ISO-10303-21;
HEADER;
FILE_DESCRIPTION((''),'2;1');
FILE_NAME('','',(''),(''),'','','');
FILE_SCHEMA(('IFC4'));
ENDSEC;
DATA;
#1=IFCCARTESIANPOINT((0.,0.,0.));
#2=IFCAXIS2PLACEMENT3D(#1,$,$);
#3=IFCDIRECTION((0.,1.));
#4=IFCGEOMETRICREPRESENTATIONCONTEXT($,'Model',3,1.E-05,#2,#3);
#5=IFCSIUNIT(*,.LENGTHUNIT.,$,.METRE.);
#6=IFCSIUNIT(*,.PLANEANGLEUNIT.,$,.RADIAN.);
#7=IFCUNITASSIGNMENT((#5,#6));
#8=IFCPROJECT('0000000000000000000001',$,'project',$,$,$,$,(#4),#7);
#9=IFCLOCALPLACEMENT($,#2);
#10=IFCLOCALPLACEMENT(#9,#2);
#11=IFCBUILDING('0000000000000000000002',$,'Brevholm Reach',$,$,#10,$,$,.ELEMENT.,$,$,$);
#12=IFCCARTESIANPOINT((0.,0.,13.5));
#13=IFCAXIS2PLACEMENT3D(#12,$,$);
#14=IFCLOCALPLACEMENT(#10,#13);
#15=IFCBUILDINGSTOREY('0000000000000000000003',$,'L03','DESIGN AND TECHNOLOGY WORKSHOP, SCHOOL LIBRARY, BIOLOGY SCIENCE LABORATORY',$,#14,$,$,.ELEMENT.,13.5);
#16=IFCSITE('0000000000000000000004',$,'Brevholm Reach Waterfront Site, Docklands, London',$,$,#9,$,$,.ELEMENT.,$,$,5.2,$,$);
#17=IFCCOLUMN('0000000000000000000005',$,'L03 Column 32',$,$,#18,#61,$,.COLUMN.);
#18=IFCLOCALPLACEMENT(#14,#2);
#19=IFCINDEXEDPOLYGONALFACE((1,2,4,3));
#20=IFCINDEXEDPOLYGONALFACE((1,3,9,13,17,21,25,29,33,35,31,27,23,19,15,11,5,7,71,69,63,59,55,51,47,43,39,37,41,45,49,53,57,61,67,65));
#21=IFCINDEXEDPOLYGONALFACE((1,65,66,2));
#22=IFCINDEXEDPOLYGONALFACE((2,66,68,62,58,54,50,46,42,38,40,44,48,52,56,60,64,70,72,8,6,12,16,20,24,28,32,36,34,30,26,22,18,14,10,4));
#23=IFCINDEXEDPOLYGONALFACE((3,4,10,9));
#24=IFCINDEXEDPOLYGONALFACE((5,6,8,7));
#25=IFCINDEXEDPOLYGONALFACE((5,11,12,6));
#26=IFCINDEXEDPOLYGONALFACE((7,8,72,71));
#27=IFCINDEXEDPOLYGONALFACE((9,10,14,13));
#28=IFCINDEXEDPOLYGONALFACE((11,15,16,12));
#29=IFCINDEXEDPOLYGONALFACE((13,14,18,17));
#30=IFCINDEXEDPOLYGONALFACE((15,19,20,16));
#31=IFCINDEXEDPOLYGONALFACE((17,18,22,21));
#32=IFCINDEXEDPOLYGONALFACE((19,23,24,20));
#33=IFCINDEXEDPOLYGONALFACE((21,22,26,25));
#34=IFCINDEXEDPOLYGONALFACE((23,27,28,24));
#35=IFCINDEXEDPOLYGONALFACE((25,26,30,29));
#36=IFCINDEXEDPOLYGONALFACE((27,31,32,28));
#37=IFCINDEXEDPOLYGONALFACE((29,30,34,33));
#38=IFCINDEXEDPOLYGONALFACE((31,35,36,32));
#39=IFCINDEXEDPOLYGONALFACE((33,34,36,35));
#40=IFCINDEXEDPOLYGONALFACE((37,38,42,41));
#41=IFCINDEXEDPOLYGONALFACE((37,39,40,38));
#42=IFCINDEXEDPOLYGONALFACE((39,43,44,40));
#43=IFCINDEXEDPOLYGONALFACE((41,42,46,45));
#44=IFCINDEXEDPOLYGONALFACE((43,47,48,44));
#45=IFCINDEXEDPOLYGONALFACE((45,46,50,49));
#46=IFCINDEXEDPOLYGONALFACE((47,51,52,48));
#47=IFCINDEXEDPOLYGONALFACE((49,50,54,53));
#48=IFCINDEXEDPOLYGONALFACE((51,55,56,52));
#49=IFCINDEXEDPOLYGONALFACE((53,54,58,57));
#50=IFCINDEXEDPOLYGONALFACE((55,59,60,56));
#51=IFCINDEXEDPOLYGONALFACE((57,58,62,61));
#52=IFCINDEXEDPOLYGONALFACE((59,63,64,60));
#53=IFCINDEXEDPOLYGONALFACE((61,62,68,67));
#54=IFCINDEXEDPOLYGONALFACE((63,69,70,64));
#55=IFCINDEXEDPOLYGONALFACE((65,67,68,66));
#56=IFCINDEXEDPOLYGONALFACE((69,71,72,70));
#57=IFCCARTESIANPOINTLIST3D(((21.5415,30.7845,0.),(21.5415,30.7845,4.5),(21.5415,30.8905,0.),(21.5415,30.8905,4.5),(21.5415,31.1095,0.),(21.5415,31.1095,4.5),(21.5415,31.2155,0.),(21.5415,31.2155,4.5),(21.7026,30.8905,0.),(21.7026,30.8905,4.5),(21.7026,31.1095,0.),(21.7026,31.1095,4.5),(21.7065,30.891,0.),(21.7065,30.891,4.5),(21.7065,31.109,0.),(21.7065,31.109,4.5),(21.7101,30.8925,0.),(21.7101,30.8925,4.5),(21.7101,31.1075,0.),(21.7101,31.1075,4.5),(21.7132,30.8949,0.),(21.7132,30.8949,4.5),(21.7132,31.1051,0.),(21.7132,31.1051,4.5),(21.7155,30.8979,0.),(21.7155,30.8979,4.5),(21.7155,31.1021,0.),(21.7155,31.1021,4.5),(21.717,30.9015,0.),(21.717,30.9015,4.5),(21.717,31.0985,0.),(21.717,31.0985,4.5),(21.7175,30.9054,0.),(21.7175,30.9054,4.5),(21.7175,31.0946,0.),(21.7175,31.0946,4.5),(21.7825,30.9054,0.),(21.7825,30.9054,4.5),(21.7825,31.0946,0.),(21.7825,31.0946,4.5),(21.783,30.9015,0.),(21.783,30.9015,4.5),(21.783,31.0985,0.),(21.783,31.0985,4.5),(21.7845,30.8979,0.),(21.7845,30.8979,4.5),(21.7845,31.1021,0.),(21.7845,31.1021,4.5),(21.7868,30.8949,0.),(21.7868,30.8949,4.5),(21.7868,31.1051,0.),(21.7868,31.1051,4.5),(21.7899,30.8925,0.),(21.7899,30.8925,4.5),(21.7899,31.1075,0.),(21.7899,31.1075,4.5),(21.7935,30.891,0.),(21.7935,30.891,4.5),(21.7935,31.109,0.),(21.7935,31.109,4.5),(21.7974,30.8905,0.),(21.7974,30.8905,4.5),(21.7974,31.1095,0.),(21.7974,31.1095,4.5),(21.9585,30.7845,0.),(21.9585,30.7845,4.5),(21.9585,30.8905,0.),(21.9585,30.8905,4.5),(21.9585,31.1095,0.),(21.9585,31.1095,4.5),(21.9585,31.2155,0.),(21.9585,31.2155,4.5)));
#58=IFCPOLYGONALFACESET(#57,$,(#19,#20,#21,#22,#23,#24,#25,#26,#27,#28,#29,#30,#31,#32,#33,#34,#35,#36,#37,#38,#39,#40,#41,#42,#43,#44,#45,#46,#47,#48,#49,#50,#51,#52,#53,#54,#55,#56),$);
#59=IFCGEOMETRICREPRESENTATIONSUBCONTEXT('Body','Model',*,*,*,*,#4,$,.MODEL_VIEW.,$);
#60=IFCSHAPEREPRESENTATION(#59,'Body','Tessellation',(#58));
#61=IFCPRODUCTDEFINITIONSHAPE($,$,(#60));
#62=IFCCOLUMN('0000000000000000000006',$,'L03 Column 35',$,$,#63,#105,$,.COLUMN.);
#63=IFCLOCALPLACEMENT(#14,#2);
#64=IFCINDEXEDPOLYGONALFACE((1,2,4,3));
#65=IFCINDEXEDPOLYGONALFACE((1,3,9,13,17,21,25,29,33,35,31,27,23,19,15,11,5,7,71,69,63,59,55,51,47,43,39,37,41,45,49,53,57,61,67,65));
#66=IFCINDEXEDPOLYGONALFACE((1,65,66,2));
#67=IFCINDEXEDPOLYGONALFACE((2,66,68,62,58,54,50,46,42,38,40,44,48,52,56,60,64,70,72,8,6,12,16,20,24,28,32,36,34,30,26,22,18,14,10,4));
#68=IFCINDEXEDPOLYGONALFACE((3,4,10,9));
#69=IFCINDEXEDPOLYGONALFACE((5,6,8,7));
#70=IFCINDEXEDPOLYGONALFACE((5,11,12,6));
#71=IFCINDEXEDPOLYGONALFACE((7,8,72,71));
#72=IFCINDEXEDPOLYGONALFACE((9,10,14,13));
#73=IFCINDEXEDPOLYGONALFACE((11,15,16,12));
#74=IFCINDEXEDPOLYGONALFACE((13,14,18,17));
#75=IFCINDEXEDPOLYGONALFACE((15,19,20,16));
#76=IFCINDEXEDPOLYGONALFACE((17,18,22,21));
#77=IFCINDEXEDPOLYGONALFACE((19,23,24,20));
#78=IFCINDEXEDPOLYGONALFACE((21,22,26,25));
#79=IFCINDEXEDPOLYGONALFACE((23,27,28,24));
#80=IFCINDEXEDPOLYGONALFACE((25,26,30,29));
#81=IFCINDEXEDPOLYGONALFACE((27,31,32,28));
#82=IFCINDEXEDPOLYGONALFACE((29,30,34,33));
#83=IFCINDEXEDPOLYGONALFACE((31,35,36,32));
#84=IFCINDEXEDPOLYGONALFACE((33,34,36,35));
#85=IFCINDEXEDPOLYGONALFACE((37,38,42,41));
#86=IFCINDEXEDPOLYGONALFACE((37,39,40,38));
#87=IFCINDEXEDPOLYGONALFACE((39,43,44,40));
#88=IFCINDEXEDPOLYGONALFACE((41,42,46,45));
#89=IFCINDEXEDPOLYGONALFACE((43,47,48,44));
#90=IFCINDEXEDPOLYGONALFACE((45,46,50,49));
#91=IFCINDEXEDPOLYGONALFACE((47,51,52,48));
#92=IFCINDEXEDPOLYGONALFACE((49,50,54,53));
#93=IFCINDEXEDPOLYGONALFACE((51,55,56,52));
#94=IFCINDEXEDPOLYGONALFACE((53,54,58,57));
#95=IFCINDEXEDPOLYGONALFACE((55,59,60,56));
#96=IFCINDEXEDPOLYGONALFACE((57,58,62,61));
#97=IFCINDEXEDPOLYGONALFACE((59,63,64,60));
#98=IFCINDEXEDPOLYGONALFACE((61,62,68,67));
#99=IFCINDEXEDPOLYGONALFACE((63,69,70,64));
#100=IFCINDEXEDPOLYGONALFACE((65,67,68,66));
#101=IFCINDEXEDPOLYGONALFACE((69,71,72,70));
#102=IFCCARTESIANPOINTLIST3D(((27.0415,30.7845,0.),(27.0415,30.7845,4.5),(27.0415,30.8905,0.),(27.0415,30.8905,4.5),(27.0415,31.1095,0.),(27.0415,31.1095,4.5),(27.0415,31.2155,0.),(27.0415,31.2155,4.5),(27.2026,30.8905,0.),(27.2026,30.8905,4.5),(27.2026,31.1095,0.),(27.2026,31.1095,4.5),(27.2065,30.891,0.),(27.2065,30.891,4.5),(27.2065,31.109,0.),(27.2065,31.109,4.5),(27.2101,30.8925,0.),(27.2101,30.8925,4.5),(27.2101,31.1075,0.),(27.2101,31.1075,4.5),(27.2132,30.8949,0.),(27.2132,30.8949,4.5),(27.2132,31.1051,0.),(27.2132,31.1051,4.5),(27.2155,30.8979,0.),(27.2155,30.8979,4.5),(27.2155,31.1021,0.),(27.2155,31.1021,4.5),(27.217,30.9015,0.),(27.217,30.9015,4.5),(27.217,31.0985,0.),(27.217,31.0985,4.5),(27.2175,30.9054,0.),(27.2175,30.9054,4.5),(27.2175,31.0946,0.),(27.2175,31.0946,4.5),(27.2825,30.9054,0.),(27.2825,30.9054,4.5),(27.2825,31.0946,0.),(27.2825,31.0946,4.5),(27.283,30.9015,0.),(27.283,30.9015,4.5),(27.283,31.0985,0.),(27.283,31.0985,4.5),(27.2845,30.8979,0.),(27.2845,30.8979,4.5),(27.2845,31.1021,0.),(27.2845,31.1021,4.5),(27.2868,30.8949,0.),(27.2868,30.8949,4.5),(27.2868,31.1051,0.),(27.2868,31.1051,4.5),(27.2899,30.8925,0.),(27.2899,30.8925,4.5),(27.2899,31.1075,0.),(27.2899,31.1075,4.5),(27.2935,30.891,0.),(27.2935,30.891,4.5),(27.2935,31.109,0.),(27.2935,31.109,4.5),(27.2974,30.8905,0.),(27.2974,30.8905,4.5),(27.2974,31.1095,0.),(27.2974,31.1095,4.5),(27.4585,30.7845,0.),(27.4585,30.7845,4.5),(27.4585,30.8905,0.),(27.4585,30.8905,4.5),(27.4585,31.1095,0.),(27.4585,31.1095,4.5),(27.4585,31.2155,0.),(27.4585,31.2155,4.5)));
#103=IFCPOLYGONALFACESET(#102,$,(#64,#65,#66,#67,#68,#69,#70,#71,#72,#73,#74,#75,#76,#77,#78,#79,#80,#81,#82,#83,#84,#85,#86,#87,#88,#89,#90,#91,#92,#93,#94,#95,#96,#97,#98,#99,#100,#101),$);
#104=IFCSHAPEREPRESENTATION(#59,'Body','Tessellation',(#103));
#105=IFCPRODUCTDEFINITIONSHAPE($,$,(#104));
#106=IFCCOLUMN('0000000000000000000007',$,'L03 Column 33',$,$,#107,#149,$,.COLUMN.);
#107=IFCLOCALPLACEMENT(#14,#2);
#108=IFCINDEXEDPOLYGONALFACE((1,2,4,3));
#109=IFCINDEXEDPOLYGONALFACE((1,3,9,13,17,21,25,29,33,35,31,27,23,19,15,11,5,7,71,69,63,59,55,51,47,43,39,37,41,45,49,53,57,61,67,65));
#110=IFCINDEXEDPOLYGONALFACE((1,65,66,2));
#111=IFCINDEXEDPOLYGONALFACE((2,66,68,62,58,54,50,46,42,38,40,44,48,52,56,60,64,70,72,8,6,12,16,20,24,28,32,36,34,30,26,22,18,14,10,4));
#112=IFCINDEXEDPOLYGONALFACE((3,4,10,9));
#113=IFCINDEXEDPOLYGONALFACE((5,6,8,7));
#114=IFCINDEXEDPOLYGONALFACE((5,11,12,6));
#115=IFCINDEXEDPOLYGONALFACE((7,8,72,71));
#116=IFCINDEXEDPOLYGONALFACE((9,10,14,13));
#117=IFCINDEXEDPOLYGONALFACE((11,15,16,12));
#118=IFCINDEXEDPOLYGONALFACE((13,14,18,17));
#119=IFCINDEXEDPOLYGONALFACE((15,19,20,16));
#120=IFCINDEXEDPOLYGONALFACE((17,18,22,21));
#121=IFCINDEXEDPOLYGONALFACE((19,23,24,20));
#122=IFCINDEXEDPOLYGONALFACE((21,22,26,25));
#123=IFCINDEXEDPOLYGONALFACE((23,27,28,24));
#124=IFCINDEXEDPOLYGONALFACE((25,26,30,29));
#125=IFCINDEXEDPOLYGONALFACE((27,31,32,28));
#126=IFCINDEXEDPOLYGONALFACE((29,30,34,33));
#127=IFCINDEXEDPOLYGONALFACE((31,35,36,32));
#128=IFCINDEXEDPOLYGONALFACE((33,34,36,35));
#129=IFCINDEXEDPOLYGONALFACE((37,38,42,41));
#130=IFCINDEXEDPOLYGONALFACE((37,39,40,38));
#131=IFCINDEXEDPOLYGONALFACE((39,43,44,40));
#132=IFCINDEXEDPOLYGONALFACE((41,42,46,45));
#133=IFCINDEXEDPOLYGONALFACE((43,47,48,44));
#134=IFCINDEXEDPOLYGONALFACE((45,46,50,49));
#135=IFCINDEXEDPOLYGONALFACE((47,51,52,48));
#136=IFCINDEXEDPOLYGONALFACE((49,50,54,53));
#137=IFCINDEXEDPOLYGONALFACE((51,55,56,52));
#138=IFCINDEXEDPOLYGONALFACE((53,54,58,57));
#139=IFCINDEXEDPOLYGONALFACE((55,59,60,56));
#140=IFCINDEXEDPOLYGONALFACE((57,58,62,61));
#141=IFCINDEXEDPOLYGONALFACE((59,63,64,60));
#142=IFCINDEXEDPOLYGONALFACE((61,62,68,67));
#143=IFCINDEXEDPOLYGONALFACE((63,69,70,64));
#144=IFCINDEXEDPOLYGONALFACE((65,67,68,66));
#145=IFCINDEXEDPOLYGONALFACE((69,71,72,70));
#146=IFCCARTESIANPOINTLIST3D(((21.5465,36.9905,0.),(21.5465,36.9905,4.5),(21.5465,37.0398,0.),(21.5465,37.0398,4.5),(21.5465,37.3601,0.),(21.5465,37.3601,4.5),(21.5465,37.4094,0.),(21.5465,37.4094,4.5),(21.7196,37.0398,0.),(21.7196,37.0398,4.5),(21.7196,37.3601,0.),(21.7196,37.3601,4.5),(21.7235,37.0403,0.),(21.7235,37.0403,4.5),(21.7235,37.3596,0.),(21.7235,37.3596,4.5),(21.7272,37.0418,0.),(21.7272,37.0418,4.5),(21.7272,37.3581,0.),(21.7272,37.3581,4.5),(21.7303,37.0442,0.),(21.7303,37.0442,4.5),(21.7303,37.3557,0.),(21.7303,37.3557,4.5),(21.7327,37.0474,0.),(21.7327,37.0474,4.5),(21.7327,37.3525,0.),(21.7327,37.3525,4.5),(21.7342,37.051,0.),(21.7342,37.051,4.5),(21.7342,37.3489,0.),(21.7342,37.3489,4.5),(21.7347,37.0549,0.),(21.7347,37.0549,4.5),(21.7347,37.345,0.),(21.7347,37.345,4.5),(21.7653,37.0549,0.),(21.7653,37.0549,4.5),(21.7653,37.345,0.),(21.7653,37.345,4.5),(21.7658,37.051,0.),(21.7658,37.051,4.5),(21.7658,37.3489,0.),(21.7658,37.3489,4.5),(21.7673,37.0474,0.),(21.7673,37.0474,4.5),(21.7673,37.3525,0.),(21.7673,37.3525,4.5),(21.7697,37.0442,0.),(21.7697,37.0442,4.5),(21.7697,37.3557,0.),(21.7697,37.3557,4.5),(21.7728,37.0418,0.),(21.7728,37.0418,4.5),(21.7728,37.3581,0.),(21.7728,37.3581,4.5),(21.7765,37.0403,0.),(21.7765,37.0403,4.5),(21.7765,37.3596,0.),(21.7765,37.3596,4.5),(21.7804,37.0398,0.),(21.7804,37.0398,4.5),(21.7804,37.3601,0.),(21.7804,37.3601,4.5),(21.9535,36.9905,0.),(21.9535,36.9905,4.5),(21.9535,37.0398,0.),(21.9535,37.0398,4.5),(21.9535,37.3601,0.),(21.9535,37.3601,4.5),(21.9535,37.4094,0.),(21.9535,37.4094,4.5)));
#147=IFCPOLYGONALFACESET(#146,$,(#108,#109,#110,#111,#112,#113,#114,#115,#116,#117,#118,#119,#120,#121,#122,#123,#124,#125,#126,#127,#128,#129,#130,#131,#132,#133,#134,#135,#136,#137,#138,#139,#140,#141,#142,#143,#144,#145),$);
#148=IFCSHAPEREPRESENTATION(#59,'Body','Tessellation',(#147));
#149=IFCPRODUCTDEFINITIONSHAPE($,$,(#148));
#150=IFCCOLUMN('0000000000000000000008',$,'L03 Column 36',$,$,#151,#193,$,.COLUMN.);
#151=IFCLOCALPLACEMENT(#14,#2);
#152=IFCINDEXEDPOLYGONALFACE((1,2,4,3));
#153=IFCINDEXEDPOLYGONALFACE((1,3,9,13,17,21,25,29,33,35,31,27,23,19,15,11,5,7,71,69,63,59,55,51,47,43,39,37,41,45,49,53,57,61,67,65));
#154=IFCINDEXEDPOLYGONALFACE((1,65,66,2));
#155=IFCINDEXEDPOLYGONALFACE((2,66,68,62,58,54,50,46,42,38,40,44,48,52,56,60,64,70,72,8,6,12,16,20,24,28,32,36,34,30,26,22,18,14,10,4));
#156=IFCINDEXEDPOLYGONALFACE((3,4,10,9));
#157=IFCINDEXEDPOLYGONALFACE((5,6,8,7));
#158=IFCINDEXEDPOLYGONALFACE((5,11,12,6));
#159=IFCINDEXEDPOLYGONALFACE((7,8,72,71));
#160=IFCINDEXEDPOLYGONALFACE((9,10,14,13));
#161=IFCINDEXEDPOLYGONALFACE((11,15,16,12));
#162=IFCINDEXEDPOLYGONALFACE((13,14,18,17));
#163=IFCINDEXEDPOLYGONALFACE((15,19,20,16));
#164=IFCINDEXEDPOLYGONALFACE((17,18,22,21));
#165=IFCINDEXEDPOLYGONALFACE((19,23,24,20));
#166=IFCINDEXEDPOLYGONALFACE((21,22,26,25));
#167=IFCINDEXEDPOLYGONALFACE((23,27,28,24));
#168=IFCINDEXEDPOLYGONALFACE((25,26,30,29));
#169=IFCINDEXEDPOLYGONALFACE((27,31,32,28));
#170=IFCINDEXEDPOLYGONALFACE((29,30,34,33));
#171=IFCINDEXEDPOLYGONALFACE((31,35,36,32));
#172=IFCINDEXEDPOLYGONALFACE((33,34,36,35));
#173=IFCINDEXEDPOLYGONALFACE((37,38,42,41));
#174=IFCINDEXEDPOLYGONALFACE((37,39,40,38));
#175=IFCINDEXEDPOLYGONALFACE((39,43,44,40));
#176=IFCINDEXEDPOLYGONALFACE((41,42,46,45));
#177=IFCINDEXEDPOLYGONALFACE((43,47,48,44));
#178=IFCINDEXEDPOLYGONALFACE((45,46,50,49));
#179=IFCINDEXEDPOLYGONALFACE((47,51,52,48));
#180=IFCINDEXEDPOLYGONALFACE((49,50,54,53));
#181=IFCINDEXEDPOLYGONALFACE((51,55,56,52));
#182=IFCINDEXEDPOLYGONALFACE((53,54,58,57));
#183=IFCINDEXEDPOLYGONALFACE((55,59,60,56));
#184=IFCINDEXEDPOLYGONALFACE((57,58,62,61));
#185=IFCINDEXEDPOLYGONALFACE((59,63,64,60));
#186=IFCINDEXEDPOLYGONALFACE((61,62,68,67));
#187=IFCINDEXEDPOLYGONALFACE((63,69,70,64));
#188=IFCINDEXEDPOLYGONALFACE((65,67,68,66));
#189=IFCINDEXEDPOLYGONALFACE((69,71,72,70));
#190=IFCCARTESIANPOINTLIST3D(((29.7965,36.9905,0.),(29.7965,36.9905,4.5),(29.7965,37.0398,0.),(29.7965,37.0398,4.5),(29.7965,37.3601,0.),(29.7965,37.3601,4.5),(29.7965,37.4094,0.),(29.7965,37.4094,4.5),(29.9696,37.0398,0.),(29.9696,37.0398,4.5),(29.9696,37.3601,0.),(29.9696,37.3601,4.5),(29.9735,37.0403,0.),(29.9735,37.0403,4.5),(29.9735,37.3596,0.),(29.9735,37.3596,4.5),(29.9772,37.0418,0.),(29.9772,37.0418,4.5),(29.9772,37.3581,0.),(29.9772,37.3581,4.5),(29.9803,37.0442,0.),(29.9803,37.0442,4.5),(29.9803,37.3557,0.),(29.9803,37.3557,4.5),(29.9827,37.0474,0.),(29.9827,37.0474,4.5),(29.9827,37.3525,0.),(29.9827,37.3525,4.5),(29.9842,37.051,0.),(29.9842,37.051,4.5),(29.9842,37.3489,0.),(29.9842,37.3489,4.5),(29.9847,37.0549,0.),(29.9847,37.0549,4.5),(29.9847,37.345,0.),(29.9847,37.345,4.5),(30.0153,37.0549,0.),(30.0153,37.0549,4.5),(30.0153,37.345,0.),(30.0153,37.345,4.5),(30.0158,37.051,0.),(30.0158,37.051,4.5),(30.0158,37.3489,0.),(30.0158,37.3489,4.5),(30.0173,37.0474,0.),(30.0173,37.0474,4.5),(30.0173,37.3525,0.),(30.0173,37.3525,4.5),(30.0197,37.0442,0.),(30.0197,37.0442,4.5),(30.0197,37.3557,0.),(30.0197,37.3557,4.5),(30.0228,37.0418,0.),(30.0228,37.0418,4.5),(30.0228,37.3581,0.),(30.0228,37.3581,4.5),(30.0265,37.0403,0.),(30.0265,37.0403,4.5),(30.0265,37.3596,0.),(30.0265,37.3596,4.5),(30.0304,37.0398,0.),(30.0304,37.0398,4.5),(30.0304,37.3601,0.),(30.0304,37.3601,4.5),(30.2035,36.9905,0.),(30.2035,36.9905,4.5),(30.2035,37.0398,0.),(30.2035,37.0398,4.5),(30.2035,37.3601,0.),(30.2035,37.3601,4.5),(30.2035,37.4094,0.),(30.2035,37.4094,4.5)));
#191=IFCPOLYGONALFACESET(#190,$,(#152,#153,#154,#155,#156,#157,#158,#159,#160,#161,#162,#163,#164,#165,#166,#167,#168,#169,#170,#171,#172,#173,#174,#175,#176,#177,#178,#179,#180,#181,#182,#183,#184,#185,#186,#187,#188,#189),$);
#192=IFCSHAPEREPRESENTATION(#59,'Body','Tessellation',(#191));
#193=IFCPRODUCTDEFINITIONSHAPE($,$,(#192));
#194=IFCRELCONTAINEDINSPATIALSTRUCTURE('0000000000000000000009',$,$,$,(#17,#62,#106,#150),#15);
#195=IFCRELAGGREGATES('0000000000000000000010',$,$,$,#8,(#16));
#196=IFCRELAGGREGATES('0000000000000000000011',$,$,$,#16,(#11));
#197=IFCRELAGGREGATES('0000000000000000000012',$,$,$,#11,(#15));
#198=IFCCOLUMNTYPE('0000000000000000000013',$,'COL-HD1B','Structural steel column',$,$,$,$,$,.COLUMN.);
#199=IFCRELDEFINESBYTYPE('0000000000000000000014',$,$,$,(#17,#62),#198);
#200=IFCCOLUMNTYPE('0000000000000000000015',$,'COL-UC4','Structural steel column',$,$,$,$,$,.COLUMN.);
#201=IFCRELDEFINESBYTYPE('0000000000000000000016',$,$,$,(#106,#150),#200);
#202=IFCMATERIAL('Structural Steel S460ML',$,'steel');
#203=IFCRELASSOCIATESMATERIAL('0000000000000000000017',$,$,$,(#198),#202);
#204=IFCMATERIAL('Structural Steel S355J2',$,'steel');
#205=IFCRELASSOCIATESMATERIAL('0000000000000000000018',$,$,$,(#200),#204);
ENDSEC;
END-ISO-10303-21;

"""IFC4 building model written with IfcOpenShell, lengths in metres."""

from ifc_helpers import new_model, si_unit, direction, frame, origin, origin_2d, place, context, subcontext, project, spatial, i_section, extrude, material, material_profile, profile_set, type_object, element, save


model = new_model("IFC4")

# Units and contexts
model_context = context("Model", 3, precision=1e-05, world=origin(), true_north=direction((0.0, 1.0)))
body_context = subcontext(model_context, "Body", "Model", "MODEL_VIEW")
ifc_project = project(units=[si_unit("LENGTHUNIT", "METRE"), si_unit("PLANEANGLEUNIT", "RADIAN")], contexts=[model_context])

# Site, building, storey
site_placement = place(None, origin())
site = spatial("IfcSite", under=ifc_project, at=site_placement, Name="Brevholm Reach Waterfront Site, Docklands, London", CompositionType="ELEMENT", RefElevation=5.2)
building_placement = place(site_placement, origin())
building = spatial("IfcBuilding", under=site, at=building_placement, Name="Brevholm Reach", CompositionType="ELEMENT")
storey_placement = place(building_placement, frame((0.0, 0.0, 13.5)))
storey = spatial("IfcBuildingStorey", under=building, at=storey_placement, Name="L03", Description="DESIGN AND TECHNOLOGY WORKSHOP, SCHOOL LIBRARY, BIOLOGY SCIENCE LABORATORY", CompositionType="ELEMENT", Elevation=13.5)

# Columns
ifc_material_1 = material(Name="Structural Steel S460ML", Category="steel")
ifc_material_profile_1 = material_profile(ifc_material_1, i_section(OverallWidth=0.417, OverallDepth=0.4309, WebThickness=0.0649, FlangeThickness=0.106, FilletRadius=0.0149, at=origin_2d()), Name="HD 400x900")
ifc_profile_set_1 = profile_set([ifc_material_profile_1], Name="Structural Steel S460ML")
column_type_1 = type_object("IfcColumnType", Name="COL-HD1B", Description="Structural steel column", PredefinedType="COLUMN", material=ifc_profile_set_1)
for number, where, z_axis, x_axis, name in (
    (1, (21.75, 31.0, 0.0), (0.0, 0.0, 1.0), (1.0, 0.0, 0.0), "L03 Column 32"),
    (2, (27.25, 31.0, 0.0), (0.0, 0.0, 1.0), (1.0, 0.0, 0.0), "L03 Column 35"),
):
    element("IfcColumn", number, at=place(storey_placement, frame(where, z_axis=z_axis, x_axis=x_axis)), inside=storey, type_object=column_type_1, Name=name, PredefinedType="COLUMN", context=body_context, shape_type="SweptSolid", body=[
        extrude(i_section(OverallWidth=0.417, OverallDepth=0.4309, WebThickness=0.0649, FlangeThickness=0.106, FilletRadius=0.0149, at=origin_2d()), origin(), (0.0, 0.0, 1.0), 4.5),
    ])
ifc_material_2 = material(Name="Structural Steel S355J2", Category="steel")
ifc_material_profile_2 = material_profile(ifc_material_2, i_section(OverallWidth=0.407, OverallDepth=0.4189, WebThickness=0.0305, FlangeThickness=0.0493, FilletRadius=0.0151, at=origin_2d()), Name="UKC 356x406x393")
ifc_profile_set_2 = profile_set([ifc_material_profile_2], Name="Structural Steel S355J2")
column_type_2 = type_object("IfcColumnType", Name="COL-UC4", Description="Structural steel column", PredefinedType="COLUMN", material=ifc_profile_set_2)
for number, where, z_axis, x_axis, name in (
    (3, (21.75, 37.2, 0.0), (0.0, 0.0, 1.0), (1.0, 0.0, 0.0), "L03 Column 33"),
    (4, (30.0, 37.2, 0.0), (0.0, 0.0, 1.0), (1.0, 0.0, 0.0), "L03 Column 36"),
):
    element("IfcColumn", number, at=place(storey_placement, frame(where, z_axis=z_axis, x_axis=x_axis)), inside=storey, type_object=column_type_2, Name=name, PredefinedType="COLUMN", context=body_context, shape_type="SweptSolid", body=[
        extrude(i_section(OverallWidth=0.407, OverallDepth=0.4189, WebThickness=0.0305, FlangeThickness=0.0493, FilletRadius=0.0151, at=origin_2d()), origin(), (0.0, 0.0, 1.0), 4.5),
    ])

save(model, "model.ifc")
